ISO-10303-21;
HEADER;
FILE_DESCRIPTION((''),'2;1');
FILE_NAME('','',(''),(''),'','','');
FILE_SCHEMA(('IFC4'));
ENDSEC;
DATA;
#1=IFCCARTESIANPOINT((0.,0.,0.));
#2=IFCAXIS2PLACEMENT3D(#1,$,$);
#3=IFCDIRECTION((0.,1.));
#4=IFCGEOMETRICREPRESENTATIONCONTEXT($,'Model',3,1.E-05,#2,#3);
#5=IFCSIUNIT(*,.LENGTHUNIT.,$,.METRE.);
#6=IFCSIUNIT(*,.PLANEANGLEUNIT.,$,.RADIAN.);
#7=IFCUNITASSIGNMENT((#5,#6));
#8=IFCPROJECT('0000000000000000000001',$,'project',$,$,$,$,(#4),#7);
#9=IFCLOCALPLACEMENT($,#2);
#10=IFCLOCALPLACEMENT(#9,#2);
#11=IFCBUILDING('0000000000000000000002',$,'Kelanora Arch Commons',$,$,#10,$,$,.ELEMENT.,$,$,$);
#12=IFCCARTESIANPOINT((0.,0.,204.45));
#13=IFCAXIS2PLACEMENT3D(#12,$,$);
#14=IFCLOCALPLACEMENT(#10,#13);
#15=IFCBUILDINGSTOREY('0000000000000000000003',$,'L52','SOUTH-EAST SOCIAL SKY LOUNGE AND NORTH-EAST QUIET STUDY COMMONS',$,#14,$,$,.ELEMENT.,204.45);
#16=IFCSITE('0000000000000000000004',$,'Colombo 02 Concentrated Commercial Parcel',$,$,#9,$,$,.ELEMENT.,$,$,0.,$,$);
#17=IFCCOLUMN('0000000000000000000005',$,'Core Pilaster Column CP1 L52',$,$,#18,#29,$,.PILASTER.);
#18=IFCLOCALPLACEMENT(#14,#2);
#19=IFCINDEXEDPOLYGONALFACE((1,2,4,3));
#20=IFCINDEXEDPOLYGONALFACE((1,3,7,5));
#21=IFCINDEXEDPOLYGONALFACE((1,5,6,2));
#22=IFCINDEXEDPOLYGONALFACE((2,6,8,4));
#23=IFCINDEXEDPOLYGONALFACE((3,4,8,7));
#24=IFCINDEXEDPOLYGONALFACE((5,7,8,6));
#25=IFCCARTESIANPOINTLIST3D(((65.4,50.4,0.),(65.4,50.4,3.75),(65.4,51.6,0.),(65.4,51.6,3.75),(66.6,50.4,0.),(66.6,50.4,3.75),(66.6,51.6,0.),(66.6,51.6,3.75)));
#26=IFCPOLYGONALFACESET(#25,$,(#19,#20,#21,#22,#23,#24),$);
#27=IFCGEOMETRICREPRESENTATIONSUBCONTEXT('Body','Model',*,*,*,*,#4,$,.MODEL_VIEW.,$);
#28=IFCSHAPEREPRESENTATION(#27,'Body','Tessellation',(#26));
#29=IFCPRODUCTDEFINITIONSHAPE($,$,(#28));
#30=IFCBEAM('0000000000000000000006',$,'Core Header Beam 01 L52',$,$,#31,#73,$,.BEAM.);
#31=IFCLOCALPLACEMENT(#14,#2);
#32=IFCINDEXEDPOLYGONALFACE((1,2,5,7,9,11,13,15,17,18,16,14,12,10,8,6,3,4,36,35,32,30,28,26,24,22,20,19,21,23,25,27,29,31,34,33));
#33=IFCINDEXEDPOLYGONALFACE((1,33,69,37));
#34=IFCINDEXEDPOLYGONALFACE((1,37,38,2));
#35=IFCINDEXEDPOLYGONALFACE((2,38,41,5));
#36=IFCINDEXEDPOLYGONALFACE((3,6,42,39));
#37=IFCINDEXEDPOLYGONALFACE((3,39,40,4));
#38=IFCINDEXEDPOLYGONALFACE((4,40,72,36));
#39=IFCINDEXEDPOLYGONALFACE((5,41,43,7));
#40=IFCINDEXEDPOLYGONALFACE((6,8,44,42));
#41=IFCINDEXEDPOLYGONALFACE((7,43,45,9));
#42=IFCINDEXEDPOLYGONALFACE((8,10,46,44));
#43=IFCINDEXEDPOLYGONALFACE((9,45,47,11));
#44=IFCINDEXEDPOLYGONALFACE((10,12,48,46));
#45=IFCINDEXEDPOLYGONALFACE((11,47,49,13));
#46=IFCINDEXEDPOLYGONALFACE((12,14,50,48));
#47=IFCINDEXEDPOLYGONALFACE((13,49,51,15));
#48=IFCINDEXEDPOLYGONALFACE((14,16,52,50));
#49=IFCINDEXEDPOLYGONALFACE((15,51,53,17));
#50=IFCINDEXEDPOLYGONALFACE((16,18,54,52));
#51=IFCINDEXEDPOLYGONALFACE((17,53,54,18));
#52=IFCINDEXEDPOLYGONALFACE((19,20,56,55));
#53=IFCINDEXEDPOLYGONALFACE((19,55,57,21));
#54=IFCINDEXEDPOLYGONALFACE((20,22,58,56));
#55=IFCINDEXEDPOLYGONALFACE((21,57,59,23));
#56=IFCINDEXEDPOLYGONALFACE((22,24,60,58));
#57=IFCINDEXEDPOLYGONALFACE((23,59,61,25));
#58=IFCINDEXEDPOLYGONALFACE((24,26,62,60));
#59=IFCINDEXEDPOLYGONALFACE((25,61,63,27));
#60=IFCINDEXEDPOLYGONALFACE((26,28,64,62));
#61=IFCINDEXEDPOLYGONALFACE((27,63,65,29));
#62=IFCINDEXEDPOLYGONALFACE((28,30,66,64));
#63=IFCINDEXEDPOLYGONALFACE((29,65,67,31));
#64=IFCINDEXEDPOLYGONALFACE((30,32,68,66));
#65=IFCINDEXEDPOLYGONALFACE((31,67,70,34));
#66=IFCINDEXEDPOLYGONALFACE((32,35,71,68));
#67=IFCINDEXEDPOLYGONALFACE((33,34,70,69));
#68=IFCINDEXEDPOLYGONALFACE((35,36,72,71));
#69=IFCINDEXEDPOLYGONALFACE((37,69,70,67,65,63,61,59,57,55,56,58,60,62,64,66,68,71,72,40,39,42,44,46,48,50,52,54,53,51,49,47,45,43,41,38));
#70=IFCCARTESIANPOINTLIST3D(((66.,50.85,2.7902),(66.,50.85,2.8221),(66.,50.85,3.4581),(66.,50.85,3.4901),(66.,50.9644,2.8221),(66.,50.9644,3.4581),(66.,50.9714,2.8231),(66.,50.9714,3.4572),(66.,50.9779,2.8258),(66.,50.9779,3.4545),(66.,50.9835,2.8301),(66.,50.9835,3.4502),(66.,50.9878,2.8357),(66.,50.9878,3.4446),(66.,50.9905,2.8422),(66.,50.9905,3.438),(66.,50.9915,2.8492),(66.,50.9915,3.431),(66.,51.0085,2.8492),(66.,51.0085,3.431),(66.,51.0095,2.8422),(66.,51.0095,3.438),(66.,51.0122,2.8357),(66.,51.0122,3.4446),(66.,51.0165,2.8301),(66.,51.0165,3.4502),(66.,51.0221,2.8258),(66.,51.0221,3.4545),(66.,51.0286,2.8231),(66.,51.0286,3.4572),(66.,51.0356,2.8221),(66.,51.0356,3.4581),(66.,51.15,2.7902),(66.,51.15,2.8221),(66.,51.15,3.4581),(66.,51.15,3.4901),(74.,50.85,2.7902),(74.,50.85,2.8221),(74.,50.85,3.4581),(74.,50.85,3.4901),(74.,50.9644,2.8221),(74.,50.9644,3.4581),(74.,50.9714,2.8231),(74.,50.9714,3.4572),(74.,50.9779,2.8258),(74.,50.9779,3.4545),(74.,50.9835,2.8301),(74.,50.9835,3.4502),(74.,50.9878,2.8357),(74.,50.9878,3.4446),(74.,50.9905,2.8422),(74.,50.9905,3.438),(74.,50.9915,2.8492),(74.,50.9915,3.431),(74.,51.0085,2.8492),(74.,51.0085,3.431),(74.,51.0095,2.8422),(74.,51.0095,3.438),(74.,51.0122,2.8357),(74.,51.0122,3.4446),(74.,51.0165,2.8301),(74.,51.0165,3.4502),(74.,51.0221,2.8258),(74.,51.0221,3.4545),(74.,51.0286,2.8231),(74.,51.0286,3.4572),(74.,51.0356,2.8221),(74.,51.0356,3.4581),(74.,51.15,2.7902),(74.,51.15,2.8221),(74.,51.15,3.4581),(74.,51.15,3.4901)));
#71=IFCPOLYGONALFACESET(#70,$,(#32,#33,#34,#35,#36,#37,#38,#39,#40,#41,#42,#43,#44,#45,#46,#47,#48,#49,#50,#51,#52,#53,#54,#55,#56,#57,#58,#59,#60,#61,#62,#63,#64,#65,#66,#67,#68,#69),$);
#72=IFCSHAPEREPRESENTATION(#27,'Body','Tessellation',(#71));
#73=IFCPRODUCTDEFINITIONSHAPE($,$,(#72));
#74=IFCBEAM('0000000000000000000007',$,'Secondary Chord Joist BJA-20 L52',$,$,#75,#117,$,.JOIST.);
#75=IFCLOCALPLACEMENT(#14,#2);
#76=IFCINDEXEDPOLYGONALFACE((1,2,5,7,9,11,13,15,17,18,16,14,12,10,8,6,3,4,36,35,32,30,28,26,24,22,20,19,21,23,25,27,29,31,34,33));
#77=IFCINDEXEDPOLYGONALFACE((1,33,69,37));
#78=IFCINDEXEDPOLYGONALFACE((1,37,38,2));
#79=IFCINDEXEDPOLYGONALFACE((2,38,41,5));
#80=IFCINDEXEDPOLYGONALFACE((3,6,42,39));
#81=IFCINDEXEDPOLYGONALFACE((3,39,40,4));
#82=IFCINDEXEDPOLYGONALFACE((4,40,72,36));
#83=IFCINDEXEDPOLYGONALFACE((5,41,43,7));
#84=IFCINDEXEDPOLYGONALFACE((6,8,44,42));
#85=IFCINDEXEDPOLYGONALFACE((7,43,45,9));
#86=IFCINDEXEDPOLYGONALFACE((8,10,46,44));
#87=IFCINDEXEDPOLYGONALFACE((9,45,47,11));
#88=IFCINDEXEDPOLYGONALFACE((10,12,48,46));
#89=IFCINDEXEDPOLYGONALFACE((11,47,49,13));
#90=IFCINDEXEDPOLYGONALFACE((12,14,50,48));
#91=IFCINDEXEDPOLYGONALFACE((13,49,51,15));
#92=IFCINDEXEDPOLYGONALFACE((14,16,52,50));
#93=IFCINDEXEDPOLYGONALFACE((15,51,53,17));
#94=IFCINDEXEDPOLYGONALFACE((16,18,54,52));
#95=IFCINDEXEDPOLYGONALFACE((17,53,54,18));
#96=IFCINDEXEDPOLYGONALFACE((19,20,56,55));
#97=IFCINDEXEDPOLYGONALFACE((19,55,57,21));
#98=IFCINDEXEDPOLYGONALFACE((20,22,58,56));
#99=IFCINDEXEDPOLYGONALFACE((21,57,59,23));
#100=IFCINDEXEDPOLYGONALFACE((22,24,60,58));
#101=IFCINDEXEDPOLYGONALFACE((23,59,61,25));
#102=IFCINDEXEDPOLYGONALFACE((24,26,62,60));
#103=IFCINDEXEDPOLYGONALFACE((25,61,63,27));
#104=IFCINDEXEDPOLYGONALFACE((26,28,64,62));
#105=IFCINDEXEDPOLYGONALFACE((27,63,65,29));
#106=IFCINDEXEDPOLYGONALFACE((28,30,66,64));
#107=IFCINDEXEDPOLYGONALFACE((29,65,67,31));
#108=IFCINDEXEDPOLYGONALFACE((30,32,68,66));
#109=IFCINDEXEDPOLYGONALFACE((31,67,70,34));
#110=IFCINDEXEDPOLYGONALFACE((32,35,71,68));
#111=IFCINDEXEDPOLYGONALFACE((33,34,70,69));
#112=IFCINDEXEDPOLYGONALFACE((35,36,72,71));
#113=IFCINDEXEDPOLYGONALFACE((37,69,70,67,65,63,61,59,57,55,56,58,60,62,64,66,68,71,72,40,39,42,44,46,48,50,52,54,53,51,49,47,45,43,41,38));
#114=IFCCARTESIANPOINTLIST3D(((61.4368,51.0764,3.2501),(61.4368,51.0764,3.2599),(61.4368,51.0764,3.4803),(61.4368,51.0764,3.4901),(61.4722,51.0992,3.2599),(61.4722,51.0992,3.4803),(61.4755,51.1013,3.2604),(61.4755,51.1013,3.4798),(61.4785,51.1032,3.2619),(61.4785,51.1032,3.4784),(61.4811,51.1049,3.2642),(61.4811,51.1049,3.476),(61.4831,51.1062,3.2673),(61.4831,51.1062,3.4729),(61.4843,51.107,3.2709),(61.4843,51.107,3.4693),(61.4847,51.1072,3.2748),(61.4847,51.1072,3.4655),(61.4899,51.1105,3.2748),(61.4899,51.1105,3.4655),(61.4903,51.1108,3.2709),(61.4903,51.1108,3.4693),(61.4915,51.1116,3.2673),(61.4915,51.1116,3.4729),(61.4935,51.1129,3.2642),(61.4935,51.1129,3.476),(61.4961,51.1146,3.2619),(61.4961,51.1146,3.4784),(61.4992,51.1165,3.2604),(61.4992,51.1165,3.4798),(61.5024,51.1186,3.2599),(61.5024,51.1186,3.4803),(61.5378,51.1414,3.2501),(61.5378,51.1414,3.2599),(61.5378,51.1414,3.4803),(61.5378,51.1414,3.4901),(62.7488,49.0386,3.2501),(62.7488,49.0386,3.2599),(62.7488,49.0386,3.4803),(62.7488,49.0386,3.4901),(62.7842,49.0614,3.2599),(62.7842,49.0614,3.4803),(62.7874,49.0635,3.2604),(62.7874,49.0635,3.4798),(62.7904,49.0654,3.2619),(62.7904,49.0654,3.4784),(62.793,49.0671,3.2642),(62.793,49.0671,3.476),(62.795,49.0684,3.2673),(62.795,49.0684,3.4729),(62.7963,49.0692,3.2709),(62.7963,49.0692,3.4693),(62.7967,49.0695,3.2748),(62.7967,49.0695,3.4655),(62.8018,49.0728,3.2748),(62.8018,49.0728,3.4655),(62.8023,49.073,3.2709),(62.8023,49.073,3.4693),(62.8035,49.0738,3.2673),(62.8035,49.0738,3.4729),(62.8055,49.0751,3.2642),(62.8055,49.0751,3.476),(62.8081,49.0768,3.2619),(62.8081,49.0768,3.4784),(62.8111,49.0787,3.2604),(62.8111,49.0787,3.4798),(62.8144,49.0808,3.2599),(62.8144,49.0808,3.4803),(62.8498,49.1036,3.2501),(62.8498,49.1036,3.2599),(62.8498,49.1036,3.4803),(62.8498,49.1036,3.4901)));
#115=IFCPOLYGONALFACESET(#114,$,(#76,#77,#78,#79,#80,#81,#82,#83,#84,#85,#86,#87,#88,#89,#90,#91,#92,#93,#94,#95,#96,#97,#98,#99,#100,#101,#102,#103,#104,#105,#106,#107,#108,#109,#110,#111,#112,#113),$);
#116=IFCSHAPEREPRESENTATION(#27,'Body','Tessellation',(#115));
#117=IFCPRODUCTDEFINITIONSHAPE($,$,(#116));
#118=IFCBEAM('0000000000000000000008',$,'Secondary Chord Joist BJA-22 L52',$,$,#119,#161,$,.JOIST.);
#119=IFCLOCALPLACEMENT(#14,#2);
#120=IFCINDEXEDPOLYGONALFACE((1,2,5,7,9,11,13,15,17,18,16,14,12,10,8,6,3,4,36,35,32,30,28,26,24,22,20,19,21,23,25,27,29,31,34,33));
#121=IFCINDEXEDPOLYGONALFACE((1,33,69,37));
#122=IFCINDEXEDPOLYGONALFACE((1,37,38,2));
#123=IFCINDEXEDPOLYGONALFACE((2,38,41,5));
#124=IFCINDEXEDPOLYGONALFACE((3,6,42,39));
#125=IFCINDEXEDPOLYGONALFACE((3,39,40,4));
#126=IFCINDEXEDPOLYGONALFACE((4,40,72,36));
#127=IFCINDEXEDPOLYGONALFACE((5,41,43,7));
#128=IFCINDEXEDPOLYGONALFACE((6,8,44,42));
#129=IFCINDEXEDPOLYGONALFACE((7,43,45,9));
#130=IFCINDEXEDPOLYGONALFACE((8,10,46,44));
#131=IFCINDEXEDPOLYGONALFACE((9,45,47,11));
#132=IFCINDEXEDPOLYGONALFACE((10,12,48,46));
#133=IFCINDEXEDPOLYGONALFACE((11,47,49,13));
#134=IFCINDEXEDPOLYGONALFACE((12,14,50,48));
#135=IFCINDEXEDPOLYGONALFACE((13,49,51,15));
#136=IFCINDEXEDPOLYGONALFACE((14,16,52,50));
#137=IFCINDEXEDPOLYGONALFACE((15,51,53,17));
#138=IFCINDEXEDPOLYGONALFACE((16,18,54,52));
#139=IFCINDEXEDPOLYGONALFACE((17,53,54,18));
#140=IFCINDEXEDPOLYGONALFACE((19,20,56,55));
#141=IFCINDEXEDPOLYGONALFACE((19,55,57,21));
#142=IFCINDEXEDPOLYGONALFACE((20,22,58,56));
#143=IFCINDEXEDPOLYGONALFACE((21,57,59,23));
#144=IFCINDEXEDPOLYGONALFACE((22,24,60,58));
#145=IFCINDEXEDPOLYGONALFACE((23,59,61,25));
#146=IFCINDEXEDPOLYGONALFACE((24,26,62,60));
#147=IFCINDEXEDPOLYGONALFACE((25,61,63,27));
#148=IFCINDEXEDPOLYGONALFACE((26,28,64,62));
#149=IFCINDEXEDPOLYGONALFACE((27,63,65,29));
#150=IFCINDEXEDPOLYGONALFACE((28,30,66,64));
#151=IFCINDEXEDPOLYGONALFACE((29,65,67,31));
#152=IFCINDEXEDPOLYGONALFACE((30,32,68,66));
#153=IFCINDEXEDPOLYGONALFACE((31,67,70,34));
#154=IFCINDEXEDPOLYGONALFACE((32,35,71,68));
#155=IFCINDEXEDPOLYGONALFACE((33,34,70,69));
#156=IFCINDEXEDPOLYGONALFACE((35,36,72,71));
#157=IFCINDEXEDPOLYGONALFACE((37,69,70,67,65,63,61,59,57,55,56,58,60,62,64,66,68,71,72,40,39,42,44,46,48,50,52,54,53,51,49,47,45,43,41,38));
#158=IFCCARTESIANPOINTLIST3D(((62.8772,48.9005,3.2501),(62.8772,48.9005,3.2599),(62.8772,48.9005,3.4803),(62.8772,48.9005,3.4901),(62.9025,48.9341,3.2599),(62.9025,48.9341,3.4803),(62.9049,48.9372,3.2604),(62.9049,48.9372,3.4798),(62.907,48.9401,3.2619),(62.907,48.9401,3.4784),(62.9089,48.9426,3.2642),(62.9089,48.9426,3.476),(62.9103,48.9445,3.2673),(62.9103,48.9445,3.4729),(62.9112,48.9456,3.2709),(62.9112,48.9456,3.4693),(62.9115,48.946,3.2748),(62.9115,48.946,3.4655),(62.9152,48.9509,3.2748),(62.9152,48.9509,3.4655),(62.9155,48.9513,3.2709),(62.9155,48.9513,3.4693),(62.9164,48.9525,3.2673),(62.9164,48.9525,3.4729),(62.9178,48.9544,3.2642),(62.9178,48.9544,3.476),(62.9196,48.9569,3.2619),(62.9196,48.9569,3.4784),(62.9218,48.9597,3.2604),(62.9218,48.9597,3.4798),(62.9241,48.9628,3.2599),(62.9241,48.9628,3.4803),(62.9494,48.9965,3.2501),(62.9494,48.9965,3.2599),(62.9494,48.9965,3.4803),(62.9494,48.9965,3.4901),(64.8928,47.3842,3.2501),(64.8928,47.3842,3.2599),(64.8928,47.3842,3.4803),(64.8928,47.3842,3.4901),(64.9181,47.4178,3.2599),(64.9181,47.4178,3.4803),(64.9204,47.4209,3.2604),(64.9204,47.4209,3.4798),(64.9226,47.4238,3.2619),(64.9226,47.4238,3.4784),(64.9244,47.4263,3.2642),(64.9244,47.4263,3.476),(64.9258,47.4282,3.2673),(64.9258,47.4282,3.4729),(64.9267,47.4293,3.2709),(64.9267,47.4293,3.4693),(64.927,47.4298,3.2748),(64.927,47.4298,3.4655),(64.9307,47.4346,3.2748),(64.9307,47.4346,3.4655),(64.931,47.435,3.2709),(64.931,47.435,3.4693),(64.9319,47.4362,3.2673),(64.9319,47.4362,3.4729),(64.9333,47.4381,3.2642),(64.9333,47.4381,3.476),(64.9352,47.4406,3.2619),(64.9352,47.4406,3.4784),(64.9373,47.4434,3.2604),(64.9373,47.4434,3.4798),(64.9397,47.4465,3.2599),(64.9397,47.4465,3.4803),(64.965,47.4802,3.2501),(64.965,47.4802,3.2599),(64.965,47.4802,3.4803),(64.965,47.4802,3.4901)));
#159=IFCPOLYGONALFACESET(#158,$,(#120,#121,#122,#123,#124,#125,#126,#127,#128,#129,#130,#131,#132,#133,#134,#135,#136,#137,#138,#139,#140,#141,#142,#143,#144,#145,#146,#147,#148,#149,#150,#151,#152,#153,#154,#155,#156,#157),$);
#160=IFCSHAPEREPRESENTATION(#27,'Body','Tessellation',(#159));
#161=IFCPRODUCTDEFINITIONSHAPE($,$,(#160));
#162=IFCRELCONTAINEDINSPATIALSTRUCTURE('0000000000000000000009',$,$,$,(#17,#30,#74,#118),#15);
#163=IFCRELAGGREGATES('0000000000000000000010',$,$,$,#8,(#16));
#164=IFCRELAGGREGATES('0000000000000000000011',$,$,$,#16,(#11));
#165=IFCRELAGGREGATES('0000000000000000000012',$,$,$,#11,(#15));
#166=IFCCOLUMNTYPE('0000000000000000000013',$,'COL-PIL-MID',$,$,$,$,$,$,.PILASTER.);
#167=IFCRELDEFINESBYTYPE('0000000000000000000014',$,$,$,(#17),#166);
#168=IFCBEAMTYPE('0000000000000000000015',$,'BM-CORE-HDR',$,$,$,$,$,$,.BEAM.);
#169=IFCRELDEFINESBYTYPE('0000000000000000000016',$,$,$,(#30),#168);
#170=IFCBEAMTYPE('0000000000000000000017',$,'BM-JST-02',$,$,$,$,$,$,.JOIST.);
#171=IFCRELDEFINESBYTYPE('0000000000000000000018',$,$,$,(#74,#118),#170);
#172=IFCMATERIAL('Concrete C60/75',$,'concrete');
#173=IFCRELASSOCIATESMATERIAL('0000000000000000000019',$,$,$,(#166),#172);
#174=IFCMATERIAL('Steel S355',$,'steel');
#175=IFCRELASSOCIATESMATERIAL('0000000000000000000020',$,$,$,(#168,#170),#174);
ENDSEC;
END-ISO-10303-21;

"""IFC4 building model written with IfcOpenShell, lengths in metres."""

from ifc_helpers import new_model, si_unit, direction, frame, origin, origin_2d, place, context, subcontext, project, spatial, rectangle, i_section, extrude, material, material_profile, profile_set, type_object, element, save


model = new_model("IFC4")

# Units and contexts
model_context = context("Model", 3, precision=1e-05, world=origin(), true_north=direction((0.0, 1.0)))
body_context = subcontext(model_context, "Body", "Model", "MODEL_VIEW")
ifc_project = project(units=[si_unit("LENGTHUNIT", "METRE"), si_unit("PLANEANGLEUNIT", "RADIAN")], contexts=[model_context])

# Site, building, storey
site_placement = place(None, origin())
site = spatial("IfcSite", under=ifc_project, at=site_placement, Name="Colombo 02 Concentrated Commercial Parcel", CompositionType="ELEMENT", RefElevation=0.0)
building_placement = place(site_placement, origin())
building = spatial("IfcBuilding", under=site, at=building_placement, Name="Kelanora Arch Commons", CompositionType="ELEMENT")
storey_placement = place(building_placement, frame((0.0, 0.0, 204.45)))
storey = spatial("IfcBuildingStorey", under=building, at=storey_placement, Name="L52", Description="SOUTH-EAST SOCIAL SKY LOUNGE AND NORTH-EAST QUIET STUDY COMMONS", CompositionType="ELEMENT", Elevation=204.45)

# Column
ifc_material_1 = material(Name="Concrete C60/75", Category="concrete")
ifc_material_profile_1 = material_profile(ifc_material_1, rectangle(XDim=1.2, YDim=1.2, at=origin_2d()), Name="RC1200x1200")
ifc_profile_set_1 = profile_set([ifc_material_profile_1], Name="Concrete C60/75")
column_type = type_object("IfcColumnType", Name="COL-PIL-MID", PredefinedType="PILASTER", material=ifc_profile_set_1)
column_placement = place(storey_placement, frame((66.0, 51.0, 0.0), z_axis=(0.0, 0.0, 1.0), x_axis=(1.0, 0.0, 0.0)))
element("IfcColumn", 1, at=column_placement, inside=storey, type_object=column_type, Name="Core Pilaster Column CP1 L52", PredefinedType="PILASTER", context=body_context, shape_type="SweptSolid", body=[
    extrude(rectangle(XDim=1.2, YDim=1.2, at=origin_2d()), origin(), (0.0, 0.0, 1.0), 3.75),
])

# Beams
ifc_material_2 = material(Name="Steel S355", Category="steel")
ifc_material_profile_2 = material_profile(ifc_material_2, i_section(OverallWidth=0.3, OverallDepth=0.7, WebThickness=0.0171, FlangeThickness=0.032, FilletRadius=0.0271, at=origin_2d()), Name="HEB700")
ifc_profile_set_2 = profile_set([ifc_material_profile_2], Name="Steel S355")
beam_type_1 = type_object("IfcBeamType", Name="BM-CORE-HDR", PredefinedType="BEAM", material=ifc_profile_set_2)
beam_1_placement = place(storey_placement, frame((66.0, 51.0, 3.1401), z_axis=(1.0, 0.0, 0.0), x_axis=(0.0, 1.0, 0.0)))
element("IfcBeam", 2, at=beam_1_placement, inside=storey, type_object=beam_type_1, Name="Core Header Beam 01 L52", PredefinedType="BEAM", context=body_context, shape_type="SweptSolid", body=[
    extrude(i_section(OverallWidth=0.3, OverallDepth=0.7, WebThickness=0.0171, FlangeThickness=0.032, FilletRadius=0.0271, at=origin_2d()), origin(), (0.0, 0.0, 1.0), 8.0),
])
ifc_material_profile_3 = material_profile(ifc_material_2, i_section(OverallWidth=0.1201, OverallDepth=0.24, WebThickness=0.0061, FlangeThickness=0.0098, FilletRadius=0.0149, at=origin_2d()), Name="IPE240")
ifc_profile_set_3 = profile_set([ifc_material_profile_3], Name="Steel S355")
beam_type_2 = type_object("IfcBeamType", Name="BM-JST-02", PredefinedType="JOIST", material=ifc_profile_set_3)
beam_2_placement = place(storey_placement, frame((61.4873, 51.1089, 3.3701), z_axis=(0.541333, -0.840808, 0.0), x_axis=(0.840808, 0.541333, 0.0)))
element("IfcBeam", 3, at=beam_2_placement, inside=storey, type_object=beam_type_2, Name="Secondary Chord Joist BJA-20 L52", PredefinedType="JOIST", context=body_context, shape_type="SweptSolid", body=[
    extrude(i_section(OverallWidth=0.1201, OverallDepth=0.24, WebThickness=0.0061, FlangeThickness=0.0098, FilletRadius=0.0149, at=origin_2d()), origin(), (0.0, 0.0, 1.0), 2.4236),
])
beam_3_placement = place(storey_placement, frame((62.9133, 48.9485, 3.3701), z_axis=(0.799116, -0.601176, 0.0), x_axis=(0.601176, 0.799116, 0.0)))
element("IfcBeam", 4, at=beam_3_placement, inside=storey, type_object=beam_type_2, Name="Secondary Chord Joist BJA-22 L52", PredefinedType="JOIST", context=body_context, shape_type="SweptSolid", body=[
    extrude(i_section(OverallWidth=0.1201, OverallDepth=0.24, WebThickness=0.0061, FlangeThickness=0.0098, FilletRadius=0.0149, at=origin_2d()), origin(), (0.0, 0.0, 1.0), 2.5222),
])

save(model, "model.ifc")
